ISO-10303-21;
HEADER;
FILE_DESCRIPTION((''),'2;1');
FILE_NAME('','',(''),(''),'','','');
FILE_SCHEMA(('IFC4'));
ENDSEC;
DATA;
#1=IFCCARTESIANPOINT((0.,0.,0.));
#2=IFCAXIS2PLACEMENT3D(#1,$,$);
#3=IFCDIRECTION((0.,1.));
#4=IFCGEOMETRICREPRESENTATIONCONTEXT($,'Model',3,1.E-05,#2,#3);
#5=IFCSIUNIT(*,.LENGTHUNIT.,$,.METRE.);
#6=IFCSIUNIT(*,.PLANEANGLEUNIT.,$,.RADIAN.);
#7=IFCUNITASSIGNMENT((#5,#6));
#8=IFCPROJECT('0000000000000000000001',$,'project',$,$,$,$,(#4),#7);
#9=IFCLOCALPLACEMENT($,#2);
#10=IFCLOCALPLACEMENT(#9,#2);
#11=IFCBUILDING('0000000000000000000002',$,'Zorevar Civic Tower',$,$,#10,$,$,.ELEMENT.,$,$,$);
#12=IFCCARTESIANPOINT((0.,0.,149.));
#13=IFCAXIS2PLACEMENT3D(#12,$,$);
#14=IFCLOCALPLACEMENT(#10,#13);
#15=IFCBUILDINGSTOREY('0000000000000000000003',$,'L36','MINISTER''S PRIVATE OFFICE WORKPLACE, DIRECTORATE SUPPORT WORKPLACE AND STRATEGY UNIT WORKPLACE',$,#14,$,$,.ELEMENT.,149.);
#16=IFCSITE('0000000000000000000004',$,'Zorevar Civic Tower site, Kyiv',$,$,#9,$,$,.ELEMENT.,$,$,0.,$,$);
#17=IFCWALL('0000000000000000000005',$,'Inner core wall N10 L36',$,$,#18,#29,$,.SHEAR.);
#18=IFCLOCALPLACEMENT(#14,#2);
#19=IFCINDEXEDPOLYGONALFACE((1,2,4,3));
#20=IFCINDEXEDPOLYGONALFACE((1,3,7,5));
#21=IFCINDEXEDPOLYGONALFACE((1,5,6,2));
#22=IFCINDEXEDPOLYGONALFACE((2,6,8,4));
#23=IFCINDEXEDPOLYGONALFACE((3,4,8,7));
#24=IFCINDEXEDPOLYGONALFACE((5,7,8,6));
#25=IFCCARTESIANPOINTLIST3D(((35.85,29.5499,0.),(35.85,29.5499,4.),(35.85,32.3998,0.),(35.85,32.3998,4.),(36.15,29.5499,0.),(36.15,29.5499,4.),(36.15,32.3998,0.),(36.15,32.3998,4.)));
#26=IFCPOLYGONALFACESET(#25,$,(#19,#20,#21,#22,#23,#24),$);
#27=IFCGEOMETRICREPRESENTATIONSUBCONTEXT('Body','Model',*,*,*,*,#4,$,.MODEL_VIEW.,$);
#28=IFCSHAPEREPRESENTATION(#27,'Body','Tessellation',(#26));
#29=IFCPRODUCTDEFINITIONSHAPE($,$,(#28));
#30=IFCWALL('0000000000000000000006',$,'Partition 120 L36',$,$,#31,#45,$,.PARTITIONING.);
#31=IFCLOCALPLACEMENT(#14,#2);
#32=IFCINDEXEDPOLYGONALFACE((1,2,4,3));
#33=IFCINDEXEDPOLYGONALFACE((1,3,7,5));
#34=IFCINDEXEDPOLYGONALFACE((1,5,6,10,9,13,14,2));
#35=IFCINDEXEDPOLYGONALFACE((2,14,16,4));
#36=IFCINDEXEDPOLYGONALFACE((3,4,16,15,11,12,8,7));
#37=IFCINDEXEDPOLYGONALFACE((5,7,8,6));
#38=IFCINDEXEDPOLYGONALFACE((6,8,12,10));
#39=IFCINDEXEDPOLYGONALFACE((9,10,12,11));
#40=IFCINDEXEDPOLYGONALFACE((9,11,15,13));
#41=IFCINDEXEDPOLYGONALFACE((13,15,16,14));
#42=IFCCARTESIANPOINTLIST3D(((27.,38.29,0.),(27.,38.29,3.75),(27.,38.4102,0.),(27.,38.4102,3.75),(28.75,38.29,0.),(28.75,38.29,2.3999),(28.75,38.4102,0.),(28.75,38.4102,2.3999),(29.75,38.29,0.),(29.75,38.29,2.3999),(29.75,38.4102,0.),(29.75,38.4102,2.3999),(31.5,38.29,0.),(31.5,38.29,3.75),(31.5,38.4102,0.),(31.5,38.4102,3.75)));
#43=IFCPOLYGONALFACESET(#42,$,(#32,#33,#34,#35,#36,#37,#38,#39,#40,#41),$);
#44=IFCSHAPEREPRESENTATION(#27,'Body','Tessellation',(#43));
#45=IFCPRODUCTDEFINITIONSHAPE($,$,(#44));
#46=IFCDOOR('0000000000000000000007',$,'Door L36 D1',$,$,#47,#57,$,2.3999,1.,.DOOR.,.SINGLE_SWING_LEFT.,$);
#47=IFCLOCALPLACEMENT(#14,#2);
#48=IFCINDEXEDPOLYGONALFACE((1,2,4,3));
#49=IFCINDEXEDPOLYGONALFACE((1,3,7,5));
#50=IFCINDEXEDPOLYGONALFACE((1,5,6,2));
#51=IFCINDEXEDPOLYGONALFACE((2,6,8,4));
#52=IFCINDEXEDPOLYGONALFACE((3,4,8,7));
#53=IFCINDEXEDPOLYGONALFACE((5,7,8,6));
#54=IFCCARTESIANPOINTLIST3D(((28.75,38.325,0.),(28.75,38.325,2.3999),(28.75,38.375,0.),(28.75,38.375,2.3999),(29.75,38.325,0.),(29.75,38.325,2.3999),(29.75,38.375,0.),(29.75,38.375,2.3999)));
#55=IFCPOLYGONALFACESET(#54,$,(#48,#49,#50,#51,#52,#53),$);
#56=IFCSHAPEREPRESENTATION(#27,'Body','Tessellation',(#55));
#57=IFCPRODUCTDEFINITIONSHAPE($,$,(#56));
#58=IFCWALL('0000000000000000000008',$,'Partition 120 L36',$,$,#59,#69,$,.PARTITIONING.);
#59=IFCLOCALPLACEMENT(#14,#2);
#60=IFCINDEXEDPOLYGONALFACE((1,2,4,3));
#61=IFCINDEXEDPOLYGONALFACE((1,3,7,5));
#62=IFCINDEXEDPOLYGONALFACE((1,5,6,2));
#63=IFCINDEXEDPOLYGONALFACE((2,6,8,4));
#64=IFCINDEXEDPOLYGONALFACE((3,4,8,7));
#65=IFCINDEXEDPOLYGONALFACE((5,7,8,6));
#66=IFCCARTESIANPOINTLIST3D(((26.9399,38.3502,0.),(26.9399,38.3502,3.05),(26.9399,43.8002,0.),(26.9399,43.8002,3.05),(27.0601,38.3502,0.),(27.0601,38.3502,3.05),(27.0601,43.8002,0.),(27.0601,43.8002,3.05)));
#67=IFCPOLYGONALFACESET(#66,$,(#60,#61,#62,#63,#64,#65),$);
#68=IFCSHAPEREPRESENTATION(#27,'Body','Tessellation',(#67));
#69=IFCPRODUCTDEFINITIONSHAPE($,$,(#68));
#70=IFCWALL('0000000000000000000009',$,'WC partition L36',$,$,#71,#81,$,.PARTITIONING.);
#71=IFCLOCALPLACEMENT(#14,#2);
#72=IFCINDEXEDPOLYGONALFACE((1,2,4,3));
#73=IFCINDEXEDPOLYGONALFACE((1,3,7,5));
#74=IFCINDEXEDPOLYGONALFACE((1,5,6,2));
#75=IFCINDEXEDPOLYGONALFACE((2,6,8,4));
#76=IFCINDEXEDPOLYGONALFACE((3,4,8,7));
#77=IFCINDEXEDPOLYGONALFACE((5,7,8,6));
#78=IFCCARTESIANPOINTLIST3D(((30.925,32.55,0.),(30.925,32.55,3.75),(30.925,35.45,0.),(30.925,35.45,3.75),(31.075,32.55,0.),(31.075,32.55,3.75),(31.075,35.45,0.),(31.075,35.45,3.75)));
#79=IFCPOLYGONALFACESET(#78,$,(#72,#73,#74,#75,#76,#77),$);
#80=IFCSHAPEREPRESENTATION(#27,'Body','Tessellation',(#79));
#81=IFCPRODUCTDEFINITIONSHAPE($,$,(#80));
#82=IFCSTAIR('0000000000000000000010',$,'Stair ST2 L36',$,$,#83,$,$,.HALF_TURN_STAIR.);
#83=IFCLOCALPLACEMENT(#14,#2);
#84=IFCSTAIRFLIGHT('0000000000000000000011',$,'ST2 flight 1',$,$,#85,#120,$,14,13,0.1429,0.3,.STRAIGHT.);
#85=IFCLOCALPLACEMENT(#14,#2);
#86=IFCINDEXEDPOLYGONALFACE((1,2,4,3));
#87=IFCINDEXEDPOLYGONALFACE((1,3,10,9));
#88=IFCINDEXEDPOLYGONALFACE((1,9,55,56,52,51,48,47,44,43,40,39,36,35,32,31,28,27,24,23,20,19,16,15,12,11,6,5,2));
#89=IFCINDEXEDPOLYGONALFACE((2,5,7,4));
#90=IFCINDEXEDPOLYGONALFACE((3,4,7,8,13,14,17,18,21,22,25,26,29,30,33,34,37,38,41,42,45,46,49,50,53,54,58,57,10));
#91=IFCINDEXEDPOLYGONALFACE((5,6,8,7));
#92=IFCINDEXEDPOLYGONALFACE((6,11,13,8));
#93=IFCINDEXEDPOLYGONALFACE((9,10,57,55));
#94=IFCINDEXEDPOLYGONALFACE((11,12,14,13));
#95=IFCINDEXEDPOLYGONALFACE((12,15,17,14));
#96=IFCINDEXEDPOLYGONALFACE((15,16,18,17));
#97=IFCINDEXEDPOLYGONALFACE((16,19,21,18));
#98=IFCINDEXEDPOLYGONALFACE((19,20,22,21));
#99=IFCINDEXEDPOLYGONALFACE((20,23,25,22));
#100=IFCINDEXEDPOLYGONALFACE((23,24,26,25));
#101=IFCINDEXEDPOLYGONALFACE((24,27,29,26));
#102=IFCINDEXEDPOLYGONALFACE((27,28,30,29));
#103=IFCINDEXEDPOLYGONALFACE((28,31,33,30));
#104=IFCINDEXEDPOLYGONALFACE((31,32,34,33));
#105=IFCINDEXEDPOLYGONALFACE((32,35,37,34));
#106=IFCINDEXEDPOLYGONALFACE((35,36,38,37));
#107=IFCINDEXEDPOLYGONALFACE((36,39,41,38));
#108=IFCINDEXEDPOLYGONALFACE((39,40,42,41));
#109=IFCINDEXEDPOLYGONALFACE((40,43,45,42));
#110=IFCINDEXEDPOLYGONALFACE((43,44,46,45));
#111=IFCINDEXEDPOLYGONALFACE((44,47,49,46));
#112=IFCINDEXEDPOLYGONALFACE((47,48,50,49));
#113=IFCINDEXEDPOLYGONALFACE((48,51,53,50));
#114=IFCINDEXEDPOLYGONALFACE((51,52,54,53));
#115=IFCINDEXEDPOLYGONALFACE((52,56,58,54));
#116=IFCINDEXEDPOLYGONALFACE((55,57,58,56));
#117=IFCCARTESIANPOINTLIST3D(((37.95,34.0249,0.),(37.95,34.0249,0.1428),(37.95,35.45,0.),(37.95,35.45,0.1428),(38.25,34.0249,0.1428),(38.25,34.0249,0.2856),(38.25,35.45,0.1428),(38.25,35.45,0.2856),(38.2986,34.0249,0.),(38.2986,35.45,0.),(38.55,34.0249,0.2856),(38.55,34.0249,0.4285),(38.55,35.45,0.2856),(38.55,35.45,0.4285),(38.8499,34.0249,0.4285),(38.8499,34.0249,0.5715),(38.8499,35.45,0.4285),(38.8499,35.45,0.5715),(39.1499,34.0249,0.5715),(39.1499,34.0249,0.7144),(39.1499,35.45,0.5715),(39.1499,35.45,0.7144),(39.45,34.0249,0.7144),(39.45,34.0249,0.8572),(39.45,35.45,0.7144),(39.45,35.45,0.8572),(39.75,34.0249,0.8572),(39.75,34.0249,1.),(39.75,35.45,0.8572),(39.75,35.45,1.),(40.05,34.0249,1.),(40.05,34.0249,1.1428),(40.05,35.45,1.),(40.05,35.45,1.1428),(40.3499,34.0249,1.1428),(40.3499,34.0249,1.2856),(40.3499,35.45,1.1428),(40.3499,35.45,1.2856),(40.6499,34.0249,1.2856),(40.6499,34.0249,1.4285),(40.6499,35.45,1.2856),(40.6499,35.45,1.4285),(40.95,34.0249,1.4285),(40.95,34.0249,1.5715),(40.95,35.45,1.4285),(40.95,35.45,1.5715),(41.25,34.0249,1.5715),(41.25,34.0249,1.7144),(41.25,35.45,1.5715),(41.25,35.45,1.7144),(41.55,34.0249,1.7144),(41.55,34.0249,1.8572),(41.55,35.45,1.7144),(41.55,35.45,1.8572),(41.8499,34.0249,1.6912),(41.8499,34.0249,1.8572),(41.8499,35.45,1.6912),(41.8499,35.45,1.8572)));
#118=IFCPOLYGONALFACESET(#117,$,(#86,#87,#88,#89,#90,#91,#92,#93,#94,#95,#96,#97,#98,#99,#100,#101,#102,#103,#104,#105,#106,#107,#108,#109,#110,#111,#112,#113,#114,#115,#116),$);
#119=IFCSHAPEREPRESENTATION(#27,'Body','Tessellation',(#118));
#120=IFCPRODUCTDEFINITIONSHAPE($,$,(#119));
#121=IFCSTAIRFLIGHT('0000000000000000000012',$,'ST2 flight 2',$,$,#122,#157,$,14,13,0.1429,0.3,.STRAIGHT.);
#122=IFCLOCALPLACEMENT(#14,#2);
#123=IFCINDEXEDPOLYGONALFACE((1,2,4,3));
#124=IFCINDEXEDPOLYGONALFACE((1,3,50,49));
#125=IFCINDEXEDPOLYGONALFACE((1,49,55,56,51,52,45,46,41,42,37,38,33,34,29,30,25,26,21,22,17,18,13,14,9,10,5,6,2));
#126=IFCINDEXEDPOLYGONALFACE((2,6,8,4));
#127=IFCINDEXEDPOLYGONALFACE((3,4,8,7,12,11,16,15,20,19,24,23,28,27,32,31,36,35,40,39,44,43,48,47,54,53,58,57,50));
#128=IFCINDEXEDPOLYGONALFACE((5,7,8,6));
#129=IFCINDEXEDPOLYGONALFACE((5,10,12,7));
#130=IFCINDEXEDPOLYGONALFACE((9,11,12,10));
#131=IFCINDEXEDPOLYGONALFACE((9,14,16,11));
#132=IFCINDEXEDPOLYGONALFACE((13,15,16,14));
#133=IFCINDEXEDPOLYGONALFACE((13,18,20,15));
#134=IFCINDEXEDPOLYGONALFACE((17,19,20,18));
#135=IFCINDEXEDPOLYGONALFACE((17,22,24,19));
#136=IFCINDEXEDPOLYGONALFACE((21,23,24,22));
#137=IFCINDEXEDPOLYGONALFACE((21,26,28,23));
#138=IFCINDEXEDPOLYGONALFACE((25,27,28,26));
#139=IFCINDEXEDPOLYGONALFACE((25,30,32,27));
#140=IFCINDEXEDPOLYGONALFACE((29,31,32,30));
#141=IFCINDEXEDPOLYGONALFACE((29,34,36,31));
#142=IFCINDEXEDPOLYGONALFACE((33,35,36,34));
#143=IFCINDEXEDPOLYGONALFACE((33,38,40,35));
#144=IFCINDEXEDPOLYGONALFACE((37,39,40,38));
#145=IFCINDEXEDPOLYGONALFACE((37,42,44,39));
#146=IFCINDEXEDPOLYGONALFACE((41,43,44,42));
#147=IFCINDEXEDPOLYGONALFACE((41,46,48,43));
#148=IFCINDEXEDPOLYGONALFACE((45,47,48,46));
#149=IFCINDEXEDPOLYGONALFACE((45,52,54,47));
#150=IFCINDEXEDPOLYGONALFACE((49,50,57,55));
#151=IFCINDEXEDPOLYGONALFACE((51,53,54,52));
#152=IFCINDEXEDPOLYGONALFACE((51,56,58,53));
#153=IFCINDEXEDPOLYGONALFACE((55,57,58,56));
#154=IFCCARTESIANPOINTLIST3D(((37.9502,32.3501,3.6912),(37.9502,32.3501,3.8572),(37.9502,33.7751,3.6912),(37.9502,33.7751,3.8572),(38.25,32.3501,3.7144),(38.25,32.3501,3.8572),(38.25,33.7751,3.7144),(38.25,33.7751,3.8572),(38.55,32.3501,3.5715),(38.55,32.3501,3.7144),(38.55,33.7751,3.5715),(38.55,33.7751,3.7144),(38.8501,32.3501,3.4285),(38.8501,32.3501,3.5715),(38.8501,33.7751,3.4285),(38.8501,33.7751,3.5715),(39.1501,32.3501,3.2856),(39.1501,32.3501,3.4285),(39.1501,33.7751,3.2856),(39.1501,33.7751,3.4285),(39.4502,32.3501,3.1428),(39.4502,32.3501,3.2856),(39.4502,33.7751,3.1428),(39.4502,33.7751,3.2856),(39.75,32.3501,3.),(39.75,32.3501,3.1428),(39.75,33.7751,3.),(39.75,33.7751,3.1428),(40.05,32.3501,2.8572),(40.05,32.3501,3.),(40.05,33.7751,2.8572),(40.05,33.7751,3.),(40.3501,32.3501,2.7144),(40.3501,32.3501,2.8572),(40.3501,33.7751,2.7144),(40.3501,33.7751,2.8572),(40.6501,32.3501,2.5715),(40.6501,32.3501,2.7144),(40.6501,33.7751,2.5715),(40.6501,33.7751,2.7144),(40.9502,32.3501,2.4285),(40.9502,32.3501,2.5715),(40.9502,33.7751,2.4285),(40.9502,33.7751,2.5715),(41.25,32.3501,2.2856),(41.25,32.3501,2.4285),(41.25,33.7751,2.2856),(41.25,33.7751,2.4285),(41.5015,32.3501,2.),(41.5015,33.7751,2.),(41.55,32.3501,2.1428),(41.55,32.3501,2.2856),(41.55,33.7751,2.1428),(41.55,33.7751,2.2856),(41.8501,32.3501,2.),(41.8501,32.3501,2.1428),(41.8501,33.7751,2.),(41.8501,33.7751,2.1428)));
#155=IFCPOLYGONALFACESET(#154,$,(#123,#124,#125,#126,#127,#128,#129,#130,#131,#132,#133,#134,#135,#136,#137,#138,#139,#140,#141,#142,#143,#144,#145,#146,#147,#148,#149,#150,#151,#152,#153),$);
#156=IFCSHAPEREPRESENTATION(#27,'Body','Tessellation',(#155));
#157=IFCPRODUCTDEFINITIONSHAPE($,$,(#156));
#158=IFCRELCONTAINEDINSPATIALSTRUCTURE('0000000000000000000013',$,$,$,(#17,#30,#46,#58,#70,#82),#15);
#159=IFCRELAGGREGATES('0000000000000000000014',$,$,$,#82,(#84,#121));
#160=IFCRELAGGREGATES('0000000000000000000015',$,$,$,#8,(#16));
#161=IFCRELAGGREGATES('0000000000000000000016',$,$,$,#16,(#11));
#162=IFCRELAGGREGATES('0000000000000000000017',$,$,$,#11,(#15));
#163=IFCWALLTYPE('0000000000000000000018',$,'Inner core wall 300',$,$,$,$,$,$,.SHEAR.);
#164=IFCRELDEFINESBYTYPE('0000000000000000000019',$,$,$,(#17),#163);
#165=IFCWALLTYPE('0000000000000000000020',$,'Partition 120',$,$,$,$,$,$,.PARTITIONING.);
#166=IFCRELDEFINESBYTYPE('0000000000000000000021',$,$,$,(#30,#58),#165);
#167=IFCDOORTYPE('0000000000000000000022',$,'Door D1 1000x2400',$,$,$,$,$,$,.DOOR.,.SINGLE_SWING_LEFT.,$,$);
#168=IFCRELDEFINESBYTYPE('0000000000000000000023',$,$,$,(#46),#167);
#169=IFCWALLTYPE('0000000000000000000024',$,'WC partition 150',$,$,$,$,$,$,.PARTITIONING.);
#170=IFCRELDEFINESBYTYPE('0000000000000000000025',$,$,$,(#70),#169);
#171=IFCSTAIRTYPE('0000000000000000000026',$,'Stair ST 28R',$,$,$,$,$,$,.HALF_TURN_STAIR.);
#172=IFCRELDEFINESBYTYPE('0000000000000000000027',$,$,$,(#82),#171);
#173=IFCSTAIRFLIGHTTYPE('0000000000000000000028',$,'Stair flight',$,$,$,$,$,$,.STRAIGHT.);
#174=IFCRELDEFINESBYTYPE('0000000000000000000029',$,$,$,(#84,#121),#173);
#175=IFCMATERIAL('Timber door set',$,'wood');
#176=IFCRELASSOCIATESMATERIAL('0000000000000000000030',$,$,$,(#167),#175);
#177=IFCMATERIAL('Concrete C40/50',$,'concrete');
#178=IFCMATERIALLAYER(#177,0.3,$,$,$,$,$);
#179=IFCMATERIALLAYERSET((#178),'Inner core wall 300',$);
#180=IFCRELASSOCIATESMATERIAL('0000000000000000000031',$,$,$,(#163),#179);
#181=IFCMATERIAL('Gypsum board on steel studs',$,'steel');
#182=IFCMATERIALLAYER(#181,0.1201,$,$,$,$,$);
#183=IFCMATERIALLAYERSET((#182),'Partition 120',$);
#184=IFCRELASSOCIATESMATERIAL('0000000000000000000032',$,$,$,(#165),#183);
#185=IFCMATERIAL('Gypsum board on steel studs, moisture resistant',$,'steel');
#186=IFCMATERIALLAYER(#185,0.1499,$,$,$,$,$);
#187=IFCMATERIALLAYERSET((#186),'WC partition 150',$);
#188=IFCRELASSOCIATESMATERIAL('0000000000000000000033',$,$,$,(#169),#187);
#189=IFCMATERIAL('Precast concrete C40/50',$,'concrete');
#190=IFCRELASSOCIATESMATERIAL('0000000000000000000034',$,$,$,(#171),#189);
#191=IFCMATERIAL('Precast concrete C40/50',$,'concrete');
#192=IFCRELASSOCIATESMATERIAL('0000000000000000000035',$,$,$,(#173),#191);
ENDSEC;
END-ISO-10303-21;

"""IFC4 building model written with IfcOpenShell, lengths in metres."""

from ifc_helpers import new_model, si_unit, direction, frame, frame_2d, origin, place, context, subcontext, project, spatial, polyline, rectangle, outline, extrude, material, layer, layer_set, type_object, element, fill, aggregate, save


model = new_model("IFC4")

# Units and contexts
model_context = context("Model", 3, precision=1e-05, world=origin(), true_north=direction((0.0, 1.0)))
body_context = subcontext(model_context, "Body", "Model", "MODEL_VIEW")
ifc_project = project(units=[si_unit("LENGTHUNIT", "METRE"), si_unit("PLANEANGLEUNIT", "RADIAN")], contexts=[model_context])

# Site, building, storey
site_placement = place(None, origin())
site = spatial("IfcSite", under=ifc_project, at=site_placement, Name="Zorevar Civic Tower site, Kyiv", CompositionType="ELEMENT", RefElevation=0.0)
building_placement = place(site_placement, origin())
building = spatial("IfcBuilding", under=site, at=building_placement, Name="Zorevar Civic Tower", CompositionType="ELEMENT")
storey_placement = place(building_placement, frame((0.0, 0.0, 149.0)))
storey = spatial("IfcBuildingStorey", under=building, at=storey_placement, Name="L36", Description="MINISTER'S PRIVATE OFFICE WORKPLACE, DIRECTORATE SUPPORT WORKPLACE AND STRATEGY UNIT WORKPLACE", CompositionType="ELEMENT", Elevation=149.0)

# Shared definitions
ifc_material_1 = material(Name="Timber door set", Category="wood")
door_type_1 = type_object("IfcDoorType", Name="Door D1 1000x2400", OperationType="SINGLE_SWING_LEFT", PredefinedType="DOOR", material=ifc_material_1)

# Shared definitions
ifc_material_2 = material(Name="Concrete C40/50", Category="concrete")
ifc_layer_1 = layer(ifc_material_2, 0.3)
ifc_layer_set_1 = layer_set([ifc_layer_1], Name="Inner core wall 300")
wall_type_1 = type_object("IfcWallType", Name="Inner core wall 300", PredefinedType="SHEAR", material=ifc_layer_set_1)

# Wall
wall_1_placement = place(storey_placement, frame((36.0, 29.55, 0.0), z_axis=(0.0, 0.0, 1.0), x_axis=(0.0, 1.0, 0.0)))
element("IfcWall", 1, at=wall_1_placement, inside=storey, type_object=wall_type_1, Name="Inner core wall N10 L36", PredefinedType="SHEAR", context=body_context, shape_type="SweptSolid", body=[
    extrude(rectangle(XDim=2.8499, YDim=0.3, at=frame_2d((1.4248, 0.0))), origin(), (0.0, 0.0, 1.0), 4.0),
])

# Wall, opening, door
ifc_material_3 = material(Name="Gypsum board on steel studs", Category="steel")
ifc_layer_2 = layer(ifc_material_3, 0.1201)
ifc_layer_set_2 = layer_set([ifc_layer_2], Name="Partition 120")
wall_type_2 = type_object("IfcWallType", Name="Partition 120", PredefinedType="PARTITIONING", material=ifc_layer_set_2)
wall_2_placement = place(storey_placement, frame((27.0, 38.3501, 0.0), z_axis=(0.0, 0.0, 1.0), x_axis=(1.0, 0.0, 0.0)))
wall_2 = element("IfcWall", 2, at=wall_2_placement, inside=storey, type_object=wall_type_2, Name="Partition 120 L36", PredefinedType="PARTITIONING", context=body_context, shape_type="SweptSolid", body=[
    extrude(rectangle(XDim=4.5, YDim=0.1201, at=frame_2d((2.25, 0.0))), origin(), (0.0, 0.0, 1.0), 3.75),
])
opening_1_placement = place(wall_2_placement, frame((1.75, 0.0, 0.0)))
opening_1 = element("IfcOpeningElement", 3, at=opening_1_placement, cuts=wall_2, PredefinedType="OPENING", context=body_context, shape_type="SweptSolid", body=[
    extrude(rectangle(XDim=1.0, YDim=2.3999, at=frame_2d((0.5, 1.2))), frame((0.0, 0.0701, 0.0), z_axis=(0.0, -1.0, 0.0), x_axis=(1.0, 0.0, 0.0)), (0.0, 0.0, 1.0), 0.1401),
])
door_1_placement = place(opening_1_placement, origin())
door_1 = element("IfcDoor", 4, at=door_1_placement, inside=storey, type_object=door_type_1, Name="Door L36 D1", OperationType="SINGLE_SWING_LEFT", OverallHeight=2.3999, OverallWidth=1.0, PredefinedType="DOOR", context=body_context, shape_type="SweptSolid", body=[
    extrude(rectangle(XDim=1.0, YDim=2.3999, at=frame_2d((0.5, 1.2))), frame((0.0, 0.0249, 0.0), z_axis=(0.0, -1.0, 0.0), x_axis=(1.0, 0.0, 0.0)), (0.0, 0.0, 1.0), 0.05),
])
fill(opening_1, door_1)

# Walls
wall_3_placement = place(storey_placement, frame((27.0, 38.3501, 0.0), z_axis=(0.0, 0.0, 1.0), x_axis=(0.0, 1.0, 0.0)))
element("IfcWall", 5, at=wall_3_placement, inside=storey, type_object=wall_type_2, Name="Partition 120 L36", PredefinedType="PARTITIONING", context=body_context, shape_type="SweptSolid", body=[
    extrude(rectangle(XDim=5.45, YDim=0.1201, at=frame_2d((2.7251, 0.0))), origin(), (0.0, 0.0, 1.0), 3.05),
])
ifc_material_4 = material(Name="Gypsum board on steel studs, moisture resistant", Category="steel")
ifc_layer_3 = layer(ifc_material_4, 0.1499)
ifc_layer_set_3 = layer_set([ifc_layer_3], Name="WC partition 150")
wall_type_3 = type_object("IfcWallType", Name="WC partition 150", PredefinedType="PARTITIONING", material=ifc_layer_set_3)
wall_4_placement = place(storey_placement, frame((31.0, 32.55, 0.0), z_axis=(0.0, 0.0, 1.0), x_axis=(0.0, 1.0, 0.0)))
element("IfcWall", 6, at=wall_4_placement, inside=storey, type_object=wall_type_3, Name="WC partition L36", PredefinedType="PARTITIONING", context=body_context, shape_type="SweptSolid", body=[
    extrude(rectangle(XDim=2.8999, YDim=0.1499, at=frame_2d((1.45, 0.0))), origin(), (0.0, 0.0, 1.0), 3.75),
])

# Stair, stair flights
ifc_material_5 = material(Name="Precast concrete C40/50", Category="concrete")
stair_type = type_object("IfcStairType", Name="Stair ST 28R", PredefinedType="HALF_TURN_STAIR", material=ifc_material_5)
stair_placement = place(storey_placement, origin())
stair = element("IfcStair", 7, at=stair_placement, inside=storey, type_object=stair_type, Name="Stair ST2 L36", PredefinedType="HALF_TURN_STAIR")
ifc_material_6 = material(Name="Precast concrete C40/50", Category="concrete")
stair_flight_type = type_object("IfcStairFlightType", Name="Stair flight", PredefinedType="STRAIGHT", material=ifc_material_6)
stair_flight_1_placement = place(storey_placement, frame((37.95, 34.7375, 0.0), z_axis=(0.0, 0.0, 1.0), x_axis=(1.0, 0.0, 0.0)))
stair_flight_1 = element("IfcStairFlight", 8, at=stair_flight_1_placement, type_object=stair_flight_type, Name="ST2 flight 1", NumberOfRisers=14, NumberOfTreads=13, PredefinedType="STRAIGHT", RiserHeight=0.1429, TreadLength=0.3, context=body_context, shape_type="SweptSolid", body=[
    extrude(outline(polyline([(0.0, 0.0), (0.0, 0.1428), (0.3, 0.1428), (0.3, 0.2856), (0.6001, 0.2856), (0.6001, 0.4285), (0.8999, 0.4285), (0.8999, 0.5715), (1.2, 0.5715), (1.2, 0.7144), (1.5, 0.7144), (1.5, 0.8572), (1.8, 0.8572), (1.8, 1.0), (2.1001, 1.0), (2.1001, 1.1428), (2.3999, 1.1428), (2.3999, 1.2856), (2.7, 1.2856), (2.7, 1.4285), (3.0, 1.4285), (3.0, 1.5715), (3.3, 1.5715), (3.3, 1.7144), (3.6001, 1.7144), (3.6001, 1.8572), (3.8999, 1.8572), (3.8999, 2.0), (3.8999, 1.6912), (0.3486, 0.0), (0.0, 0.0)])), frame((0.0, 0.7124, 0.0), z_axis=(0.0, -1.0, 0.0), x_axis=(1.0, 0.0, 0.0)), (0.0, 0.0, 1.0), 1.425),
])
stair_flight_2_placement = place(storey_placement, frame((41.8501, 33.0625, 2.0), z_axis=(0.0, 0.0, 1.0), x_axis=(-1.0, 0.0, 0.0)))
stair_flight_2 = element("IfcStairFlight", 9, at=stair_flight_2_placement, type_object=stair_flight_type, Name="ST2 flight 2", NumberOfRisers=14, NumberOfTreads=13, PredefinedType="STRAIGHT", RiserHeight=0.1429, TreadLength=0.3, context=body_context, shape_type="SweptSolid", body=[
    extrude(outline(polyline([(0.0, 0.0), (0.0, 0.1428), (0.3, 0.1428), (0.3, 0.2856), (0.6001, 0.2856), (0.6001, 0.4285), (0.8999, 0.4285), (0.8999, 0.5715), (1.2, 0.5715), (1.2, 0.7144), (1.5, 0.7144), (1.5, 0.8572), (1.8, 0.8572), (1.8, 1.0), (2.1001, 1.0), (2.1001, 1.1428), (2.3999, 1.1428), (2.3999, 1.2856), (2.7, 1.2856), (2.7, 1.4285), (3.0, 1.4285), (3.0, 1.5715), (3.3, 1.5715), (3.3, 1.7144), (3.6001, 1.7144), (3.6001, 1.8572), (3.8999, 1.8572), (3.8999, 2.0), (3.8999, 1.6912), (0.3486, 0.0), (0.0, 0.0)])), frame((0.0, 0.7124, 0.0), z_axis=(0.0, -1.0, 0.0), x_axis=(1.0, 0.0, 0.0)), (0.0, 0.0, 1.0), 1.425),
])
aggregate(stair, [stair_flight_1, stair_flight_2])

save(model, "model.ifc")
